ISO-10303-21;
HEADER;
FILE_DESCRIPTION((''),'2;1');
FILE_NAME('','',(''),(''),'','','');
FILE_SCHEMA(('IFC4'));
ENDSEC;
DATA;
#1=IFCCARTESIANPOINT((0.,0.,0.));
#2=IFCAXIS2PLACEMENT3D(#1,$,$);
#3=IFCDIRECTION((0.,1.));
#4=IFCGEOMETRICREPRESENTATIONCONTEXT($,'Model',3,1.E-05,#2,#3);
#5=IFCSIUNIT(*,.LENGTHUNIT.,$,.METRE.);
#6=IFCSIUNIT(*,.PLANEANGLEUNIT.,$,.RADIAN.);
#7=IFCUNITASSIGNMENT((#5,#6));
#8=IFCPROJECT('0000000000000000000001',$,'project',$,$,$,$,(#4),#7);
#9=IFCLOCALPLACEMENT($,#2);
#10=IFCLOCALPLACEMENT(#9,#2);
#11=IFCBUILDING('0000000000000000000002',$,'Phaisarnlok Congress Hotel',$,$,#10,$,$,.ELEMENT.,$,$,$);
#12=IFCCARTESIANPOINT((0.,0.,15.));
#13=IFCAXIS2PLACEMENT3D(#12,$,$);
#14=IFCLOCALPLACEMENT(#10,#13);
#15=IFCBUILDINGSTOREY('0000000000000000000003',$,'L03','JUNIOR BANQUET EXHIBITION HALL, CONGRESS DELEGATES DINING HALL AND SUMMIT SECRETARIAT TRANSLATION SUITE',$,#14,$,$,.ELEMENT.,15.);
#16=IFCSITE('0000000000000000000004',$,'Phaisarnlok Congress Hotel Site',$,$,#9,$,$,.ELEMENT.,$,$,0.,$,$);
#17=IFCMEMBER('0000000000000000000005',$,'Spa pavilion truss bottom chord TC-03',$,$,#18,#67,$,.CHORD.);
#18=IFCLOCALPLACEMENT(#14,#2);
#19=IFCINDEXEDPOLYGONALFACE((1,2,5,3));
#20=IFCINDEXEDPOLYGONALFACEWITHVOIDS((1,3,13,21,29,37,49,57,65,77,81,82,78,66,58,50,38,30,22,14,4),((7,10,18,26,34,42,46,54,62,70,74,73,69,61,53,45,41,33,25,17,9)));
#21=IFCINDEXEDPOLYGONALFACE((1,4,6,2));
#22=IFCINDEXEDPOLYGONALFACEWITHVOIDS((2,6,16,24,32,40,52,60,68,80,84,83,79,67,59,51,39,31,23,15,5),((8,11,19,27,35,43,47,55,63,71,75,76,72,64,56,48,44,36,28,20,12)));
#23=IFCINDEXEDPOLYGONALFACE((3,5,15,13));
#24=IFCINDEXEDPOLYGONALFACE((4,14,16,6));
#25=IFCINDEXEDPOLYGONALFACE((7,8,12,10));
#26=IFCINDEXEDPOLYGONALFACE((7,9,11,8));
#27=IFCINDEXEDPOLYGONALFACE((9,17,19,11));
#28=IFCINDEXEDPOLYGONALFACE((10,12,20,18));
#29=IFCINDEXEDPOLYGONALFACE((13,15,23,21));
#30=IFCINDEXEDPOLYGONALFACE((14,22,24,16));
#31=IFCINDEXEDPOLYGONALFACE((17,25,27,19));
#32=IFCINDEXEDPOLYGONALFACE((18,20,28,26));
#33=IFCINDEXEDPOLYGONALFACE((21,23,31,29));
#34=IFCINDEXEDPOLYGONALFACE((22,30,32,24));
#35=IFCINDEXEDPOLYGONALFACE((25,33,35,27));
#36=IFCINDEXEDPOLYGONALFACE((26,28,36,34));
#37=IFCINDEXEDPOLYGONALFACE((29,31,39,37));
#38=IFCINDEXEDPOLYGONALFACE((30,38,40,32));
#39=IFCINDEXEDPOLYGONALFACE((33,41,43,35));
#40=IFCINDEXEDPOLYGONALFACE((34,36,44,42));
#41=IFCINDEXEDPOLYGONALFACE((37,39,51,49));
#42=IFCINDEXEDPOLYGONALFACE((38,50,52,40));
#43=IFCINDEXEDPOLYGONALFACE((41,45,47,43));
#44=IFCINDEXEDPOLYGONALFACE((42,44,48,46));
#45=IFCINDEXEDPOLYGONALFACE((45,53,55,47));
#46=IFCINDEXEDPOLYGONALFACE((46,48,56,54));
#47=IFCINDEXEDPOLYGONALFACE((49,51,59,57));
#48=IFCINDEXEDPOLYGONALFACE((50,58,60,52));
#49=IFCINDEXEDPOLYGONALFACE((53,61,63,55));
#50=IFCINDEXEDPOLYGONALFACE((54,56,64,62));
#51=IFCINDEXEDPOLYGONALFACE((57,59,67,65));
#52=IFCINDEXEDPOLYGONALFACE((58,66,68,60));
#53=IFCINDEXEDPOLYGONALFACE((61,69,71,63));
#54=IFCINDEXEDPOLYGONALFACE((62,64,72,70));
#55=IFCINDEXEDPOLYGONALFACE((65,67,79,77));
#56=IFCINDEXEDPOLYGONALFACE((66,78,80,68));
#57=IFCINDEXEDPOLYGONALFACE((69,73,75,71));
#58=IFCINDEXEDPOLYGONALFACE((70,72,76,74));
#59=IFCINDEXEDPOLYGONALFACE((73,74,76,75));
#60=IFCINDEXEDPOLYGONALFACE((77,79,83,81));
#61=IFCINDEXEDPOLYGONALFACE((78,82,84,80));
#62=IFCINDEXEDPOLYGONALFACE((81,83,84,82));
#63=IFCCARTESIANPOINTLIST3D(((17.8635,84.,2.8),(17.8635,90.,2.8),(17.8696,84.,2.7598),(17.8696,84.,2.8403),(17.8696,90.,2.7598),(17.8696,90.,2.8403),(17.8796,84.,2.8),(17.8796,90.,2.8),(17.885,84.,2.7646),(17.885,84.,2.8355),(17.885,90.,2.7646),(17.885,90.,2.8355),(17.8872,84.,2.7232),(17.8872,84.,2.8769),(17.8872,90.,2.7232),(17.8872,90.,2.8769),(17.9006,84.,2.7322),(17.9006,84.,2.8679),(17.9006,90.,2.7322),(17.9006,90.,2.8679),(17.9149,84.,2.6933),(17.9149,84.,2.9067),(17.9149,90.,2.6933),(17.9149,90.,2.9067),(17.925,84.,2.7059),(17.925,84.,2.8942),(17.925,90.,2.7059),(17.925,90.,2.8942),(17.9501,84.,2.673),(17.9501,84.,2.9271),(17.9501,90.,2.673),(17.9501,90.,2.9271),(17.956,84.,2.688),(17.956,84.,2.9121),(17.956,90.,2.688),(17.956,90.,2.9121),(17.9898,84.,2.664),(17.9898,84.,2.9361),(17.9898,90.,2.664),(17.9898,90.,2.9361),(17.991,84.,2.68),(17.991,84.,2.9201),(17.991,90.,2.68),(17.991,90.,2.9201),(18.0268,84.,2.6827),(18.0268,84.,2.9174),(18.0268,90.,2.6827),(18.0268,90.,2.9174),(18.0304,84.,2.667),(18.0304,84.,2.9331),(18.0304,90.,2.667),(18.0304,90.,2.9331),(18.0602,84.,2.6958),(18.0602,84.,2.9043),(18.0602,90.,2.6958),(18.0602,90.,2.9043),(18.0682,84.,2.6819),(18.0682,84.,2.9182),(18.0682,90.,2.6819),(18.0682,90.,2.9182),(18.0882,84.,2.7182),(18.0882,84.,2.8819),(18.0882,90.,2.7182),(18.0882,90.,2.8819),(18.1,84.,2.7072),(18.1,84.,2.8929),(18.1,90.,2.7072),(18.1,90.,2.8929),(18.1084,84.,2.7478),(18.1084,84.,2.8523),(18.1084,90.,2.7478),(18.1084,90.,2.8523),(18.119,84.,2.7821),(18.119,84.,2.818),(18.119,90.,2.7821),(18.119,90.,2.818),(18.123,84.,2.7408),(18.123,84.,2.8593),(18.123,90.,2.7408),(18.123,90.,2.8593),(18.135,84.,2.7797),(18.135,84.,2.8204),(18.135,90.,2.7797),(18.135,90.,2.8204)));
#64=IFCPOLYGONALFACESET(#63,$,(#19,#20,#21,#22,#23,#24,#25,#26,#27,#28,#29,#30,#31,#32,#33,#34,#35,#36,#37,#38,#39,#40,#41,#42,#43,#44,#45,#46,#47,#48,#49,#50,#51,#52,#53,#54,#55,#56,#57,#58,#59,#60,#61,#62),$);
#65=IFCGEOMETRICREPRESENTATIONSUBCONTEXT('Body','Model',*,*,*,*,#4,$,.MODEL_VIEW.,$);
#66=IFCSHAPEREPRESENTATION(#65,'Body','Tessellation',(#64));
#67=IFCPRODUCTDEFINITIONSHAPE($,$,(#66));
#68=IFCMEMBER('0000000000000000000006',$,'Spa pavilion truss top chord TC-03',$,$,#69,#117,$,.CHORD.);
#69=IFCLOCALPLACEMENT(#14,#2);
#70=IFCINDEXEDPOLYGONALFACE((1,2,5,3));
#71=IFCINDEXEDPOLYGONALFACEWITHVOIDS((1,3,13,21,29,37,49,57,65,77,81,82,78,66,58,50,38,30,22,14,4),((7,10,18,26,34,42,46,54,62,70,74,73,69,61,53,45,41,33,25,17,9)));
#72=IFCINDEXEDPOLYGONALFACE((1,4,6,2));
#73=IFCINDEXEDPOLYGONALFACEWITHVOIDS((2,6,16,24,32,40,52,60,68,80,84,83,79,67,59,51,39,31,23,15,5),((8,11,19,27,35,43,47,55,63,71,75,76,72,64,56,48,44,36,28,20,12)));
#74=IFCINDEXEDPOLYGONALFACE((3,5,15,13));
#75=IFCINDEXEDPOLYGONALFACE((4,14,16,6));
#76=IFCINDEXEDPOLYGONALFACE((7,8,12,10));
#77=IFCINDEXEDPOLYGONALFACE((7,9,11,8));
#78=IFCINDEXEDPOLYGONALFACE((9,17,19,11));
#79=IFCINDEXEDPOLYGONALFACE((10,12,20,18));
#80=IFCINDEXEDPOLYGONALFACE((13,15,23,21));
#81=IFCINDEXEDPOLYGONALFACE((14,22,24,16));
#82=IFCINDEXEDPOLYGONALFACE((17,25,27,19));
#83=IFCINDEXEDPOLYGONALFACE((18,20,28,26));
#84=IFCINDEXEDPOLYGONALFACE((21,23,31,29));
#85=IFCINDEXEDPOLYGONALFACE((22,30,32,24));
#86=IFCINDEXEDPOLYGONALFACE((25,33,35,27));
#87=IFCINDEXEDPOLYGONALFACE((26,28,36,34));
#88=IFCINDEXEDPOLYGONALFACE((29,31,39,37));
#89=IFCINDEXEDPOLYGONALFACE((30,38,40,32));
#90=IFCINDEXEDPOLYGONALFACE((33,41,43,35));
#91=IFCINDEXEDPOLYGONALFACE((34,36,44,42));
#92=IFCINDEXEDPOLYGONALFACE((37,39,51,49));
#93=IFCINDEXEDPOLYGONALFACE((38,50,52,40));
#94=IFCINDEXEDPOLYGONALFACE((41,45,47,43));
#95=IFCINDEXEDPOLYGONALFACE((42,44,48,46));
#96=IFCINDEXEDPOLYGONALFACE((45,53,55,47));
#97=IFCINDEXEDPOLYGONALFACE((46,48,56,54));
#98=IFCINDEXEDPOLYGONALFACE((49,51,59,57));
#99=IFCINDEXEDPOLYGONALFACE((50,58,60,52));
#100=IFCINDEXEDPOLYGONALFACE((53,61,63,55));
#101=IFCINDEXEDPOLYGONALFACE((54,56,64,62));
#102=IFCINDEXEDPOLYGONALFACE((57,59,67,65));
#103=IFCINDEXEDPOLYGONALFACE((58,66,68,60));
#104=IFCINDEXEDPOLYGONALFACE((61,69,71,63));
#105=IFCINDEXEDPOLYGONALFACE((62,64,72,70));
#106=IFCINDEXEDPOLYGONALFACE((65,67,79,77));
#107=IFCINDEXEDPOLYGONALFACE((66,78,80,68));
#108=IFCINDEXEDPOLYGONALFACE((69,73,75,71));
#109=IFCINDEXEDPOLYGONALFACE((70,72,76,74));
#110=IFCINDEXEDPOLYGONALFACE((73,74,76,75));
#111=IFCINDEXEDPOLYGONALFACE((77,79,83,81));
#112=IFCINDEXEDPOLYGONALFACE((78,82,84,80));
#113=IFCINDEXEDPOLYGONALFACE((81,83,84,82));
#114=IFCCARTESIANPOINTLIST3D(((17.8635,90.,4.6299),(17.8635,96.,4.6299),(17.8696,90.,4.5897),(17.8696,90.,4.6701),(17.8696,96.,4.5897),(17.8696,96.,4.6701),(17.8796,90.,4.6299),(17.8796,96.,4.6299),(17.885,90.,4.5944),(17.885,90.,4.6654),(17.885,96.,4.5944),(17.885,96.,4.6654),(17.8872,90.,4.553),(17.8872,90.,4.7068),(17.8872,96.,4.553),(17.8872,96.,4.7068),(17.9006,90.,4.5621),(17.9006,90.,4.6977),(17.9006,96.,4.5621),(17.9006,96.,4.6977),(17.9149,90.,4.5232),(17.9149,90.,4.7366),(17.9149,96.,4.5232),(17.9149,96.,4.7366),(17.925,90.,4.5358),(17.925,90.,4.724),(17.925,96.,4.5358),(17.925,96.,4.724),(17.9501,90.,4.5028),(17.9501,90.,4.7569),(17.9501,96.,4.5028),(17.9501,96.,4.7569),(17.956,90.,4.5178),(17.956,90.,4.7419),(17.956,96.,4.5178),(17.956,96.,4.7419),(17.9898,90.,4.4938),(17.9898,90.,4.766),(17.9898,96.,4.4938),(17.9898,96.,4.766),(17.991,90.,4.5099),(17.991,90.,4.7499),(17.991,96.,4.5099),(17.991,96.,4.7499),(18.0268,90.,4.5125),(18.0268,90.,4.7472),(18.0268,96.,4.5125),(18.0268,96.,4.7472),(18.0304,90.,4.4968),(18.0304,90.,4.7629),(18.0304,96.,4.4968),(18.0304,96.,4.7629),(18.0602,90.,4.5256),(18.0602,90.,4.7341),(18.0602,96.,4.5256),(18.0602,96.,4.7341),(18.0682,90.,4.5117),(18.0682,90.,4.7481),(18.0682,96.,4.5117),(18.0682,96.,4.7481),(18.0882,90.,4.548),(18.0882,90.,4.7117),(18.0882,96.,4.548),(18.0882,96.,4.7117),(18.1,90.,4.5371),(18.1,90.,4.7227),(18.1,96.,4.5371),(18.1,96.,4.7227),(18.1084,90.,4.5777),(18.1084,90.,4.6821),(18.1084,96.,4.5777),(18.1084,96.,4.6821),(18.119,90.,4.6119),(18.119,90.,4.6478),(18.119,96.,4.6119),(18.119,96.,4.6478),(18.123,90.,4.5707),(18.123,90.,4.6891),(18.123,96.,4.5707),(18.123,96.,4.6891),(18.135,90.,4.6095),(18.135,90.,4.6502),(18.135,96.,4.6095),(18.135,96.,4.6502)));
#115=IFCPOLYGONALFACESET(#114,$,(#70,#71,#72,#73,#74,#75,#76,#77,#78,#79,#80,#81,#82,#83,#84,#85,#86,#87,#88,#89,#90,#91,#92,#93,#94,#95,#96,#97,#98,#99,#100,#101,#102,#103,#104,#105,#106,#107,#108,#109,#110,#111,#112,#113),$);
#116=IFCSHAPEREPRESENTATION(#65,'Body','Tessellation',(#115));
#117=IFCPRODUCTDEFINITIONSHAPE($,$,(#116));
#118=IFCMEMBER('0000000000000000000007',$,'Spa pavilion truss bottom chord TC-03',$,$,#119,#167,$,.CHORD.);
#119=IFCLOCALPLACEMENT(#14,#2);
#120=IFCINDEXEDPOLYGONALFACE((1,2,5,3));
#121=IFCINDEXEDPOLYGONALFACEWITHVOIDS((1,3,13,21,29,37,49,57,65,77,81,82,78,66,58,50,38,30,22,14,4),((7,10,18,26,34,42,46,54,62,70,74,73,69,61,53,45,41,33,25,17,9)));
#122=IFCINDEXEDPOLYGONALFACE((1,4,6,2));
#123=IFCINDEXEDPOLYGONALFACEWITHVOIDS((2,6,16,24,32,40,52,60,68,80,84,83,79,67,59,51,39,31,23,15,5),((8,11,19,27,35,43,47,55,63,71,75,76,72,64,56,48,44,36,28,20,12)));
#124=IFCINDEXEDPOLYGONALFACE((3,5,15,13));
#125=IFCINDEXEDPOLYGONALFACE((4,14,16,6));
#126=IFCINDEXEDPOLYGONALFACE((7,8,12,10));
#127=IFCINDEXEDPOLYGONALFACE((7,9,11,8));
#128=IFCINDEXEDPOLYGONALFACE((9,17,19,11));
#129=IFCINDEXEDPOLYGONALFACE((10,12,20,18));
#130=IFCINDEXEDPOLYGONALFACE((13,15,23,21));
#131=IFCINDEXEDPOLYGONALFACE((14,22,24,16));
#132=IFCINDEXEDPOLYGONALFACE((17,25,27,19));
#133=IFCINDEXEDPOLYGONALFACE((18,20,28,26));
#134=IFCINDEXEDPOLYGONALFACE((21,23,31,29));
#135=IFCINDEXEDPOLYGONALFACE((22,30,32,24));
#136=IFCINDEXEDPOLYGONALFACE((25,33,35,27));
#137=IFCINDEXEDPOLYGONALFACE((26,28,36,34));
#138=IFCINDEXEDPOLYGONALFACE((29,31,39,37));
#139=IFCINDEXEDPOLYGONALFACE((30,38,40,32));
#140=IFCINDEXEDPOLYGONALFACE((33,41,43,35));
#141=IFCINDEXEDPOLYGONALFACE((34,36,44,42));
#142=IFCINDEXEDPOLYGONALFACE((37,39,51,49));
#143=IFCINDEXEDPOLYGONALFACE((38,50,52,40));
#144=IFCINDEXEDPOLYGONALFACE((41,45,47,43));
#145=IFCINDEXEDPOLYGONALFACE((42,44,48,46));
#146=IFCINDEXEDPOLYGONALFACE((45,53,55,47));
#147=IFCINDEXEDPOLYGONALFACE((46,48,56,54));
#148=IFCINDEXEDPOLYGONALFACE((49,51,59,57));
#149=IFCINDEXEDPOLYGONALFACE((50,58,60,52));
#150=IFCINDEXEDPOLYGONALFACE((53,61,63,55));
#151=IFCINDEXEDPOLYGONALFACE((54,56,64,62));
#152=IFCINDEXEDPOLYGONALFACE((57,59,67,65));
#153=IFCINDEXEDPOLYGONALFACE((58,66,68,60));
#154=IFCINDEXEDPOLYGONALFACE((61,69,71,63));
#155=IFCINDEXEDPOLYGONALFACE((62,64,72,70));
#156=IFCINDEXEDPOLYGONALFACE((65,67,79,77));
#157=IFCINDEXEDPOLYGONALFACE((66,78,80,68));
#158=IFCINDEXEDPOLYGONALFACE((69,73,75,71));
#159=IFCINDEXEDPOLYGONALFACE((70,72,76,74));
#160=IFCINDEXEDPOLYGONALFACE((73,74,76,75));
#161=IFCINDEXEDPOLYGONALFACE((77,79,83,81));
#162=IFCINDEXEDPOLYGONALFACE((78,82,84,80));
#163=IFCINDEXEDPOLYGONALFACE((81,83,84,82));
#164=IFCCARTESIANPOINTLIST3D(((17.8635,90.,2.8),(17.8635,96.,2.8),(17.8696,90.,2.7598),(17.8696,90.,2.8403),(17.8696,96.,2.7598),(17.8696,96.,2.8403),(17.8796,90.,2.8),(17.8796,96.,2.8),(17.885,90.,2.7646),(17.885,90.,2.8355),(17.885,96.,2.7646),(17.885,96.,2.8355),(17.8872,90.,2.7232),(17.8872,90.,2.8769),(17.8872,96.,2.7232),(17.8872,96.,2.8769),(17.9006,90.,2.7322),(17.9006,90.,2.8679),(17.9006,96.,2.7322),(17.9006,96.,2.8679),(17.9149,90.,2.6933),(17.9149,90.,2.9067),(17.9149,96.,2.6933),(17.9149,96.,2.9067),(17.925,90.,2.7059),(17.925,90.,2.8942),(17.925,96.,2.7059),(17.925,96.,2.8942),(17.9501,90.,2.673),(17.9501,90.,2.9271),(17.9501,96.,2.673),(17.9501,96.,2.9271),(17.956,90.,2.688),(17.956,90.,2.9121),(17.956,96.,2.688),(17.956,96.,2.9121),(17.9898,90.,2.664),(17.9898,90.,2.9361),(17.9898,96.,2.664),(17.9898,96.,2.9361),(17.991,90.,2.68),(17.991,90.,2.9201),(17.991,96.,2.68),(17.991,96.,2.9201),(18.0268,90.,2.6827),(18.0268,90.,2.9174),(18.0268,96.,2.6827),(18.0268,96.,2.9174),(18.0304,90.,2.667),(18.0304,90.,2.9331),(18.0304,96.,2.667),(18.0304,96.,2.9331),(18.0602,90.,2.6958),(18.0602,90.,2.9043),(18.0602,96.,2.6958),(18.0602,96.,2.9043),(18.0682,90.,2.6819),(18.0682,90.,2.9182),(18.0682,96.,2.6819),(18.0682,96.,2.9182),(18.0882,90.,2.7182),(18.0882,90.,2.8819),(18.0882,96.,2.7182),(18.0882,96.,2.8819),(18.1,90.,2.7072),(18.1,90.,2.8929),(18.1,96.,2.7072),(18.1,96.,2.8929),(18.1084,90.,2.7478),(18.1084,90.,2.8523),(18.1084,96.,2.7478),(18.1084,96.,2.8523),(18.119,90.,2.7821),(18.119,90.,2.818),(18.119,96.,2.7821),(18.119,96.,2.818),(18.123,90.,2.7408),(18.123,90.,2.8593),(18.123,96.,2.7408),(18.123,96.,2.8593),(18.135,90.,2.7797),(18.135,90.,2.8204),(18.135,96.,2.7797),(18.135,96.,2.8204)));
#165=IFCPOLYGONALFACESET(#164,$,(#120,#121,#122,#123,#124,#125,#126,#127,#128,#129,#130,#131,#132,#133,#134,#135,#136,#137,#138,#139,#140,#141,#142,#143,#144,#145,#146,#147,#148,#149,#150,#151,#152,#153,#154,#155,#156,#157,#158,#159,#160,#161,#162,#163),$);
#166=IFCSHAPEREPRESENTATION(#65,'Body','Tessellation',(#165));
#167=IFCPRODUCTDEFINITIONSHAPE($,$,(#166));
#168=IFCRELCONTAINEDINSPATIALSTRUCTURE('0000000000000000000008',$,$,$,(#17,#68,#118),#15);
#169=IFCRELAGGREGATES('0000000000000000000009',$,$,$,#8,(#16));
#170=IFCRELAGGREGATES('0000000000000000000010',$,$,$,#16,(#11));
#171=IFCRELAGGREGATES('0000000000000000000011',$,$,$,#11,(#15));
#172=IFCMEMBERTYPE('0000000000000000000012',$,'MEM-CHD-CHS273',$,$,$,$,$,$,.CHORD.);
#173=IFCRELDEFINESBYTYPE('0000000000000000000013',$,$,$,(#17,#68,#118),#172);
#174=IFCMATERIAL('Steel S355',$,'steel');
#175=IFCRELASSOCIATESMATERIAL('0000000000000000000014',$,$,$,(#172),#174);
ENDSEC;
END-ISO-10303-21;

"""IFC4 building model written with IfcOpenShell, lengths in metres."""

from ifc_helpers import new_model, si_unit, direction, frame, origin, origin_2d, place, context, subcontext, project, spatial, hollow_circle, extrude, material, material_profile, profile_set, type_object, element, save


model = new_model("IFC4")

# Units and contexts
model_context = context("Model", 3, precision=1e-05, world=origin(), true_north=direction((0.0, 1.0)))
body_context = subcontext(model_context, "Body", "Model", "MODEL_VIEW")
ifc_project = project(units=[si_unit("LENGTHUNIT", "METRE"), si_unit("PLANEANGLEUNIT", "RADIAN")], contexts=[model_context])

# Site, building, storey
site_placement = place(None, origin())
site = spatial("IfcSite", under=ifc_project, at=site_placement, Name="Phaisarnlok Congress Hotel Site", CompositionType="ELEMENT", RefElevation=0.0)
building_placement = place(site_placement, origin())
building = spatial("IfcBuilding", under=site, at=building_placement, Name="Phaisarnlok Congress Hotel", CompositionType="ELEMENT")
storey_placement = place(building_placement, frame((0.0, 0.0, 15.0)))
storey = spatial("IfcBuildingStorey", under=building, at=storey_placement, Name="L03", Description="JUNIOR BANQUET EXHIBITION HALL, CONGRESS DELEGATES DINING HALL AND SUMMIT SECRETARIAT TRANSLATION SUITE", CompositionType="ELEMENT", Elevation=15.0)

# Members
ifc_material_1 = material(Name="Steel S355", Category="steel")
ifc_material_profile_1 = material_profile(ifc_material_1, hollow_circle(Radius=0.1365, WallThickness=0.0161, at=origin_2d()), Name="CHS 273x16")
ifc_profile_set_1 = profile_set([ifc_material_profile_1], Name="Steel S355")
member_type_1 = type_object("IfcMemberType", Name="MEM-CHD-CHS273", PredefinedType="CHORD", material=ifc_profile_set_1)
for number, where, z_axis, x_axis, name in (
    (1, (18.0, 84.0, 2.8), (0.0, 1.0, 0.0), (-1.0, 0.0, 0.0), "Spa pavilion truss bottom chord TC-03"),
    (2, (18.0, 90.0, 4.6299), (0.0, 1.0, 0.0), (-1.0, 0.0, 0.0), "Spa pavilion truss top chord TC-03"),
    (3, (18.0, 90.0, 2.8), (0.0, 1.0, 0.0), (-1.0, 0.0, 0.0), "Spa pavilion truss bottom chord TC-03"),
):
    element("IfcMember", number, at=place(storey_placement, frame(where, z_axis=z_axis, x_axis=x_axis)), inside=storey, type_object=member_type_1, Name=name, PredefinedType="CHORD", context=body_context, shape_type="SweptSolid", body=[
        extrude(hollow_circle(Radius=0.1365, WallThickness=0.0161, at=origin_2d()), origin(), (0.0, 0.0, 1.0), 6.0),
    ])

save(model, "model.ifc")
